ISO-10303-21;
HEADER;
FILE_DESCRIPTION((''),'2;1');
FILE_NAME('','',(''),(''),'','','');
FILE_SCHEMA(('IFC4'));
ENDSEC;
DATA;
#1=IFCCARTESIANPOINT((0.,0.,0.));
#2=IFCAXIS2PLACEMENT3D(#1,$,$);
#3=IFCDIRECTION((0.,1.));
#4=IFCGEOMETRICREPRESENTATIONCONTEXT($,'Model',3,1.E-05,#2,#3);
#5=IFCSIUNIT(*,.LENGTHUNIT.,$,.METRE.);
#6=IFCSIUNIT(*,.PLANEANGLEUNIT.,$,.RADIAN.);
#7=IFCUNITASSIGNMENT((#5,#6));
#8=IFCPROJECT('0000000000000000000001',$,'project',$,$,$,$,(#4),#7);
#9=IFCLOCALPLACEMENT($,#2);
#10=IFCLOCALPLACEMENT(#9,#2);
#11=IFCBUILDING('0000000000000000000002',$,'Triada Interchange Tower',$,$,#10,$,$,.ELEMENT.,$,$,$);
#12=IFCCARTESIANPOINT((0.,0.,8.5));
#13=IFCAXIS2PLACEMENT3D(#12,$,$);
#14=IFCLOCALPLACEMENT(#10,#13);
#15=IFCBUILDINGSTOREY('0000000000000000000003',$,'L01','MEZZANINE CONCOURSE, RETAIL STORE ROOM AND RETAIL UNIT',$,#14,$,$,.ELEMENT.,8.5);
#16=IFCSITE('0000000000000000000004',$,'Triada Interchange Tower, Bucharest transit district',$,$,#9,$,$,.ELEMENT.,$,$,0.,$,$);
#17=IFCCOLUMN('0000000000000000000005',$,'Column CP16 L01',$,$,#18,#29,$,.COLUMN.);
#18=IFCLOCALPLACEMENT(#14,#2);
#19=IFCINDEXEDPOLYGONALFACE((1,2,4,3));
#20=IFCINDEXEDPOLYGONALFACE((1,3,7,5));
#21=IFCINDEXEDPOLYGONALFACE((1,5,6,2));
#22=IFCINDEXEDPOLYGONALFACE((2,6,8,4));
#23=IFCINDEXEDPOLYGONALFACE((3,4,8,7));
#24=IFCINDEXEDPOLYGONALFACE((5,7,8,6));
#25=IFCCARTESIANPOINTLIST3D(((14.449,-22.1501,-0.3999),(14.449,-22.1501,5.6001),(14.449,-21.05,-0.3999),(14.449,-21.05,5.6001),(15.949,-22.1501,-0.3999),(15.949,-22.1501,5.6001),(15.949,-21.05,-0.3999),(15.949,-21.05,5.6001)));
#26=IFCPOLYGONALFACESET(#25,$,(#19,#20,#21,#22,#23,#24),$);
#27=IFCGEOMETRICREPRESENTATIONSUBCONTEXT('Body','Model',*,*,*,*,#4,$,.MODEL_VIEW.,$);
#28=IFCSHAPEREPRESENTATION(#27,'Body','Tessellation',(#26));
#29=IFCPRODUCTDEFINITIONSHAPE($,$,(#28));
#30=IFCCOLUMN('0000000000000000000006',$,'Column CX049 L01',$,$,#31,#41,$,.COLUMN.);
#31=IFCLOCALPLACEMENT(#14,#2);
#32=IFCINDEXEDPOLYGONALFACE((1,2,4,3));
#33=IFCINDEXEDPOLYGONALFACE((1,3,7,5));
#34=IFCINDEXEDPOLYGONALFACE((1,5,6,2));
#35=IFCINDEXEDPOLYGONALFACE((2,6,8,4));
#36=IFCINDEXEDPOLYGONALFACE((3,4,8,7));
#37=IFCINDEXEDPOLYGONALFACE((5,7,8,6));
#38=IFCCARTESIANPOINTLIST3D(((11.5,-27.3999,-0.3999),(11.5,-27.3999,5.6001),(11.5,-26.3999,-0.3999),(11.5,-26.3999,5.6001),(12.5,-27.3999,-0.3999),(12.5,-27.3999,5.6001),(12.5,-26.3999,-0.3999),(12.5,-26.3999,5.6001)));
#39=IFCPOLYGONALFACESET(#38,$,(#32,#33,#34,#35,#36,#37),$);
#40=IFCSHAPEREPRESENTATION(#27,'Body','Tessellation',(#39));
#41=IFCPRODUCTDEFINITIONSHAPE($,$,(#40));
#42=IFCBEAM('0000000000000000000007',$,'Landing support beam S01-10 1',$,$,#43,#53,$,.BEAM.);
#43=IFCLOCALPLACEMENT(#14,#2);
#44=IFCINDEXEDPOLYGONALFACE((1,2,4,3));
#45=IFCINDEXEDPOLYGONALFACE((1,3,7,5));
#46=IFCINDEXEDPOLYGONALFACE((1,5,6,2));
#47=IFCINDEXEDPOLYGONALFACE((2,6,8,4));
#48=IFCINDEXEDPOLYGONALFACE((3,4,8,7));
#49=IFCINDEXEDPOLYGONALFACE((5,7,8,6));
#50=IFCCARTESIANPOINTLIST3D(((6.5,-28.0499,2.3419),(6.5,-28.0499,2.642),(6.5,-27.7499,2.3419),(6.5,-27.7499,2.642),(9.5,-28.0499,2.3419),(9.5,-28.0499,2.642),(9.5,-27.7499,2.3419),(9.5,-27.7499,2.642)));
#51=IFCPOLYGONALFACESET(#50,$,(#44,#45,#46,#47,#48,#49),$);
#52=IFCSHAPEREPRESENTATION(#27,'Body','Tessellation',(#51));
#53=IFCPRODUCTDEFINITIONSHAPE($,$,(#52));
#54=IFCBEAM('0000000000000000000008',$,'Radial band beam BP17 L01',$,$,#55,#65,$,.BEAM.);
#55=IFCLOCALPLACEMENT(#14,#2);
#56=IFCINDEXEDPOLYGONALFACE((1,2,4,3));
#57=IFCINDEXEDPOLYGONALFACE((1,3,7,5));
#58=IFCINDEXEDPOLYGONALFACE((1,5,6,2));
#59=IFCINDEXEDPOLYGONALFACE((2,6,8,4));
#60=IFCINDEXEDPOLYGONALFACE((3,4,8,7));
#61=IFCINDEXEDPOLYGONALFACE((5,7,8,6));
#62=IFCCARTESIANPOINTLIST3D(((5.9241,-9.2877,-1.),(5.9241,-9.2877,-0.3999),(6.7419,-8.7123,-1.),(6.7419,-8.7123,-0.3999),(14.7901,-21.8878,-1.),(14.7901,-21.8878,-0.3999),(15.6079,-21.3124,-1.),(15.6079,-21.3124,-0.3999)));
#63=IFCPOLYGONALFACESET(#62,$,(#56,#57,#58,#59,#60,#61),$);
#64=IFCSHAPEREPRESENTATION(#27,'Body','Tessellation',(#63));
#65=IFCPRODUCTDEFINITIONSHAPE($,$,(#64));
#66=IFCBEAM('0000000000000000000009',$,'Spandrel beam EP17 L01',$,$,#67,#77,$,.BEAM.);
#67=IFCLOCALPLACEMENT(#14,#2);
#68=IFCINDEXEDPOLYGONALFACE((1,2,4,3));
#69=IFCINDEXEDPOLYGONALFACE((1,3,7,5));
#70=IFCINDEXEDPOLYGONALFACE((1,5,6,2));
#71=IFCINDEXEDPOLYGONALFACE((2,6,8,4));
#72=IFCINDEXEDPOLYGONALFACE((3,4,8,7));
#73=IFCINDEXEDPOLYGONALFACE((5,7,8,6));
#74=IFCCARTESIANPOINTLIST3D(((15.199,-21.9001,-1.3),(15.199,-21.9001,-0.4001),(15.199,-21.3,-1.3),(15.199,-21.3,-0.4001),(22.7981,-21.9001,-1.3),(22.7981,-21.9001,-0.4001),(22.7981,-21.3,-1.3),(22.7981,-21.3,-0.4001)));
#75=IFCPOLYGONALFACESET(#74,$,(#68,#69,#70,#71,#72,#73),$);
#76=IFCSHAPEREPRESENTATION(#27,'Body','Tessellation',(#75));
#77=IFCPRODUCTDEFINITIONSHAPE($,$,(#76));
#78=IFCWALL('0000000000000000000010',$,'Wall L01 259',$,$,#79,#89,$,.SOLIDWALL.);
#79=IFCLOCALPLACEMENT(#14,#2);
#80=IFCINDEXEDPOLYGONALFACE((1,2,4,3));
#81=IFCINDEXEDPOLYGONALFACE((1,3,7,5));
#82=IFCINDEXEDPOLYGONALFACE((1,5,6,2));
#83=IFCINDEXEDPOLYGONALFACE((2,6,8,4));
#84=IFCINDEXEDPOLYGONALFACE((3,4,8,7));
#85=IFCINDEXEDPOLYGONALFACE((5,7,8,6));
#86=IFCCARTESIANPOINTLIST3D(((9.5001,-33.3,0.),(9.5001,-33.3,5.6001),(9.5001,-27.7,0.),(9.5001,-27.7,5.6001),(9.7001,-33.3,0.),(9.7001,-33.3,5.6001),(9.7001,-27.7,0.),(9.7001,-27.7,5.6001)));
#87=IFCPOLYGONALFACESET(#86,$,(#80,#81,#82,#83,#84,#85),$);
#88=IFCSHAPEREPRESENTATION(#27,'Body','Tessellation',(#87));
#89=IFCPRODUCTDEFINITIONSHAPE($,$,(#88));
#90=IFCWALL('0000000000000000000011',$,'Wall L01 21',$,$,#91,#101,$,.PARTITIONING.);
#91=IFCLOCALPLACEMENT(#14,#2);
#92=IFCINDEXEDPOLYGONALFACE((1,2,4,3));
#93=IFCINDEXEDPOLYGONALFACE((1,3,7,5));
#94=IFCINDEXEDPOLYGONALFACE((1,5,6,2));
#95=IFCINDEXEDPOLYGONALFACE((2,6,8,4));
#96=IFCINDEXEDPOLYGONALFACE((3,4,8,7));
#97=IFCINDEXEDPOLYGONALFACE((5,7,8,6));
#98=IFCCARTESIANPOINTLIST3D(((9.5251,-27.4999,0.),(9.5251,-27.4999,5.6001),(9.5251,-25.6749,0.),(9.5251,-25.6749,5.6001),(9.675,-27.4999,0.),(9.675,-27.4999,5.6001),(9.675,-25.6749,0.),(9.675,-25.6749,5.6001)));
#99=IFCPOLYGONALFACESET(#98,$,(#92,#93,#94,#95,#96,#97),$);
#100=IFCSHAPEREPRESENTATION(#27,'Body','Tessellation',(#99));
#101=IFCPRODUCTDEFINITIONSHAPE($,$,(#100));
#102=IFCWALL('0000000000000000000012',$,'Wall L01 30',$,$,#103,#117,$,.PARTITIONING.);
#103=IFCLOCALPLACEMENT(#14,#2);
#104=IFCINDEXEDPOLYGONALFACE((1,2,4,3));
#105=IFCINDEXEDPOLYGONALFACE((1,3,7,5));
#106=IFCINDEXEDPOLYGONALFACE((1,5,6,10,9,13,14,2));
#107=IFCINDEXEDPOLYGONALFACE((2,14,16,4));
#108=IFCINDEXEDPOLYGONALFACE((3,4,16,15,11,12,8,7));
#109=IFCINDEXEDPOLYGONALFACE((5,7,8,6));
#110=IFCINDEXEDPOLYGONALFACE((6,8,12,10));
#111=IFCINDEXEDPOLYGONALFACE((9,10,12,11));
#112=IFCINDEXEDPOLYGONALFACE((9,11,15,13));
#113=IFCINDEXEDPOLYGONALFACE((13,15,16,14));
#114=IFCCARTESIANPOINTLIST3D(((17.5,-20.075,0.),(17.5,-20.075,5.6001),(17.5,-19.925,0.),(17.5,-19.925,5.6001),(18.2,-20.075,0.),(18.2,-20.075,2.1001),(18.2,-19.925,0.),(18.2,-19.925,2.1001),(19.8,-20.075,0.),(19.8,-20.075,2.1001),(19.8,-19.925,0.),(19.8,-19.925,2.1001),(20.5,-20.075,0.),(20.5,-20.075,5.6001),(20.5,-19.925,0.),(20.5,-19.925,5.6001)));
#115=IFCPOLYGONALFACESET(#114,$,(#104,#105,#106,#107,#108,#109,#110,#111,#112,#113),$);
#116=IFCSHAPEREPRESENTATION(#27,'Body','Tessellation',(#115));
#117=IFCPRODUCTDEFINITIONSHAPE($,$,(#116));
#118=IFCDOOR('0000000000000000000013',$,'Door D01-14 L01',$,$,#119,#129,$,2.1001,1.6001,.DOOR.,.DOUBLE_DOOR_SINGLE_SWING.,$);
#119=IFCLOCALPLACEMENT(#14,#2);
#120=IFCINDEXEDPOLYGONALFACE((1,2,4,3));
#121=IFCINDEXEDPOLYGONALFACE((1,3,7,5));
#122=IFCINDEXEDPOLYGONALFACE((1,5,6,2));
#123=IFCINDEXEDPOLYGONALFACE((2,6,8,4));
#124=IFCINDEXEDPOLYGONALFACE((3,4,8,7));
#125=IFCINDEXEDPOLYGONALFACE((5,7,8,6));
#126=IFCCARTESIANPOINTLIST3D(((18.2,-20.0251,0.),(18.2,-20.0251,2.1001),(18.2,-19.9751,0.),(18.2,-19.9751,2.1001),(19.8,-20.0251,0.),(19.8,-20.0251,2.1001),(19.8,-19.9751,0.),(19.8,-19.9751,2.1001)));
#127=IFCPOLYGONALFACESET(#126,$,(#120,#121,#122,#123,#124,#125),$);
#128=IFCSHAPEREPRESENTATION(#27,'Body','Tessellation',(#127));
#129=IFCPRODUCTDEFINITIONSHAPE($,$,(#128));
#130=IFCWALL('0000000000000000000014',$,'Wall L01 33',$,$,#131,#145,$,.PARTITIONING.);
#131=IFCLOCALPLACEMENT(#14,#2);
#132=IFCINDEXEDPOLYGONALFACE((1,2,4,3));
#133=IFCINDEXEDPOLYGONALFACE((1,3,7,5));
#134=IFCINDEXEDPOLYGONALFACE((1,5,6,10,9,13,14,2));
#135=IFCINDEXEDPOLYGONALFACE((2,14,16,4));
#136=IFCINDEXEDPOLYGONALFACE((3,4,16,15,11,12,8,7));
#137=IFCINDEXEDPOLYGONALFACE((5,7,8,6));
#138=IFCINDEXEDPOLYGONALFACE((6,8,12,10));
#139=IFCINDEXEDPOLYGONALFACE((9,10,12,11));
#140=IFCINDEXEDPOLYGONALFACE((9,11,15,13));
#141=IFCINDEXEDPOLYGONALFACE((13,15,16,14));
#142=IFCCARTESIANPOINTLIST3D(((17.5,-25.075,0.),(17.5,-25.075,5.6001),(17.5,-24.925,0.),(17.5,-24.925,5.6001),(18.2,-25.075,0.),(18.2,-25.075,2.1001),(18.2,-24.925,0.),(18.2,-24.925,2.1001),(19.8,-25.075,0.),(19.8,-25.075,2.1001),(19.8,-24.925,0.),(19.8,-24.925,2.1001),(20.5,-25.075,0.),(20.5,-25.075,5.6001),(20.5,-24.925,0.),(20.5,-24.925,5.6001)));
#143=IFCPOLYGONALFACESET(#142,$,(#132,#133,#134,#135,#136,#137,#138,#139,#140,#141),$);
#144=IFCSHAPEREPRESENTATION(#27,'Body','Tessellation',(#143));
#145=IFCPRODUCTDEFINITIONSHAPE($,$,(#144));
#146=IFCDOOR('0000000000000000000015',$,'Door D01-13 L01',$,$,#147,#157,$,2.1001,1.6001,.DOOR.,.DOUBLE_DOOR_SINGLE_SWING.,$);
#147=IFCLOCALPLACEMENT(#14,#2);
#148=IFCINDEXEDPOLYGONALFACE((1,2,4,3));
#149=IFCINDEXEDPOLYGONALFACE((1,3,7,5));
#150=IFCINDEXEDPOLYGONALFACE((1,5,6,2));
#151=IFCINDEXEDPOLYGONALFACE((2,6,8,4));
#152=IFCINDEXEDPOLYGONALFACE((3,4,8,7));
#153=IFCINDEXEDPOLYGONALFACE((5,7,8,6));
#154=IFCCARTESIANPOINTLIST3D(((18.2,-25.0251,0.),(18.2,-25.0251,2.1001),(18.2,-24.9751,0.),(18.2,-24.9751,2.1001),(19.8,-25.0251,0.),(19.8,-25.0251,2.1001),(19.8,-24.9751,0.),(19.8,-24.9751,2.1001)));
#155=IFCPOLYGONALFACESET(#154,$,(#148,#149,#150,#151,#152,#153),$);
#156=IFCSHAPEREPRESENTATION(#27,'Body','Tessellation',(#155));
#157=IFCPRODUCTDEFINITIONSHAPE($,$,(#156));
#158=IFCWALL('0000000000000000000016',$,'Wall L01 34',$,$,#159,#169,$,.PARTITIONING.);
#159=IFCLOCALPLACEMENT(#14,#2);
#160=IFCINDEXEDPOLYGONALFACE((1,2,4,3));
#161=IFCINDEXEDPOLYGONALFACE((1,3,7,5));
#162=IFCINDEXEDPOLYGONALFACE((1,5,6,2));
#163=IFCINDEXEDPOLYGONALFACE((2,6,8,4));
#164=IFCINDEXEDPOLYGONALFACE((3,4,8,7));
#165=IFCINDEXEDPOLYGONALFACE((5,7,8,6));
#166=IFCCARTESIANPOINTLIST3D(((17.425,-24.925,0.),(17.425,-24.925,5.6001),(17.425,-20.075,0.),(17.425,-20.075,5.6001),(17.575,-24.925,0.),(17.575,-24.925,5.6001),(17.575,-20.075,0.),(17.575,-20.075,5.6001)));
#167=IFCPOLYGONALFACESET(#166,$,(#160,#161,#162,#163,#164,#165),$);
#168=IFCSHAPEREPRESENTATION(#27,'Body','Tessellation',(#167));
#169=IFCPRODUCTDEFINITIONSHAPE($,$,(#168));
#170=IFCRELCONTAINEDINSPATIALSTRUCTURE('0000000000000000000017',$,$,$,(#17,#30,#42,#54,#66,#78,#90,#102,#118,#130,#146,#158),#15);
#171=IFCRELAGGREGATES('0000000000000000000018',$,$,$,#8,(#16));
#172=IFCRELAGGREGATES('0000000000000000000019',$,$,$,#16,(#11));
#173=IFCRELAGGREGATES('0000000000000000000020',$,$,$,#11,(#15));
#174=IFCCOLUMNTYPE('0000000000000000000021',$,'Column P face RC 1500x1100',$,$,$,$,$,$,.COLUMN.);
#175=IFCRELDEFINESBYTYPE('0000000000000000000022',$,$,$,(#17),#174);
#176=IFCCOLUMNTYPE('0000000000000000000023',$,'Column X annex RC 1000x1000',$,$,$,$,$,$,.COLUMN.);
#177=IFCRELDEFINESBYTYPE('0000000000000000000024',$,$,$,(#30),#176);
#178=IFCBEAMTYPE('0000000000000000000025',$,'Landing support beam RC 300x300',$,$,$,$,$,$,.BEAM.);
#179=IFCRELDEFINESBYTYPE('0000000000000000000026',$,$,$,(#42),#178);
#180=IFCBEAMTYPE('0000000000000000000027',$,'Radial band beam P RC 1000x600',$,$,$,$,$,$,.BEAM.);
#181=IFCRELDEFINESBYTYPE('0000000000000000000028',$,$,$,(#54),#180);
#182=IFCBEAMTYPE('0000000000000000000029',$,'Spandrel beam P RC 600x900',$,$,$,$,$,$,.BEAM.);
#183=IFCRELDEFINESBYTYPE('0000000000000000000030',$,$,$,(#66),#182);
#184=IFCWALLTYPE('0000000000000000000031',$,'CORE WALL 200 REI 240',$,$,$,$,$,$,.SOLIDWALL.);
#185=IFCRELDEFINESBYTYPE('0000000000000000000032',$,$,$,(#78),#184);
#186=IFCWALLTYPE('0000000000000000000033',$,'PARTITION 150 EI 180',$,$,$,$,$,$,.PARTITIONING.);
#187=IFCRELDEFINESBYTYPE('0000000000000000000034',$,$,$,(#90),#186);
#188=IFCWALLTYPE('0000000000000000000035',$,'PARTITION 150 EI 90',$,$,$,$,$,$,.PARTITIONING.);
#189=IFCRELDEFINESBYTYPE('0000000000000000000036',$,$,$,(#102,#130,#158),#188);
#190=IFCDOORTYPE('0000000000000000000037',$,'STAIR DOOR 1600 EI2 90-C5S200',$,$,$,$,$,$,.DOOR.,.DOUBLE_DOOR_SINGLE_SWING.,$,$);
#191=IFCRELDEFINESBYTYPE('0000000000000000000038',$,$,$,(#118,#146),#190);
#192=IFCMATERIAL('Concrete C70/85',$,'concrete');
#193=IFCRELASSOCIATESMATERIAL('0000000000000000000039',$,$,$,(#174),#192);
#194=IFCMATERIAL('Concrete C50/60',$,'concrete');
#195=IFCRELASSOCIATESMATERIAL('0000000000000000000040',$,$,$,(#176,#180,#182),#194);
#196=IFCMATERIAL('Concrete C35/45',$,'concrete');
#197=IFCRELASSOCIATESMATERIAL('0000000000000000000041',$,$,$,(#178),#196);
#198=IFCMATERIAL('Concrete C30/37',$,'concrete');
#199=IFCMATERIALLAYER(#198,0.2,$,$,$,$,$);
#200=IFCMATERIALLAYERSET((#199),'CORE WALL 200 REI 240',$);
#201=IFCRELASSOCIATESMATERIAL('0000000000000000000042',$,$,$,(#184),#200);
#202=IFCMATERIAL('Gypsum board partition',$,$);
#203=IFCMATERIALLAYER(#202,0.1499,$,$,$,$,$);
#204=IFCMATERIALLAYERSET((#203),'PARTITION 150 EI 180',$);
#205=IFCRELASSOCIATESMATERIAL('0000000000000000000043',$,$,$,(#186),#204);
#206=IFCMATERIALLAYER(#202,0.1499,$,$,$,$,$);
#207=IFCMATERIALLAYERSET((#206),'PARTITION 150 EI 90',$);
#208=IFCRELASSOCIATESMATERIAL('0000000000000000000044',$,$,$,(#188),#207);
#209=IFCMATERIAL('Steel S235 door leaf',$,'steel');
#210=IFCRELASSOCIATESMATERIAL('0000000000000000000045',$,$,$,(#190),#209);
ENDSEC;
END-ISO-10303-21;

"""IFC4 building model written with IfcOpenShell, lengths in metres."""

from ifc_helpers import new_model, si_unit, direction, frame, frame_2d, origin, origin_2d, place, context, subcontext, project, spatial, rectangle, extrude, material, layer, layer_set, material_profile, profile_set, type_object, element, fill, save


model = new_model("IFC4")

# Units and contexts
model_context = context("Model", 3, precision=1e-05, world=origin(), true_north=direction((0.0, 1.0)))
body_context = subcontext(model_context, "Body", "Model", "MODEL_VIEW")
ifc_project = project(units=[si_unit("LENGTHUNIT", "METRE"), si_unit("PLANEANGLEUNIT", "RADIAN")], contexts=[model_context])

# Site, building, storey
site_placement = place(None, origin())
site = spatial("IfcSite", under=ifc_project, at=site_placement, Name="Triada Interchange Tower, Bucharest transit district", CompositionType="ELEMENT", RefElevation=0.0)
building_placement = place(site_placement, origin())
building = spatial("IfcBuilding", under=site, at=building_placement, Name="Triada Interchange Tower", CompositionType="ELEMENT")
storey_placement = place(building_placement, frame((0.0, 0.0, 8.5)))
storey = spatial("IfcBuildingStorey", under=building, at=storey_placement, Name="L01", Description="MEZZANINE CONCOURSE, RETAIL STORE ROOM AND RETAIL UNIT", CompositionType="ELEMENT", Elevation=8.5)

# Columns
ifc_material_1 = material(Name="Concrete C70/85", Category="concrete")
ifc_material_profile_1 = material_profile(ifc_material_1, rectangle(XDim=1.5, YDim=1.1001, at=origin_2d()), Name="RC 1500x1100")
ifc_profile_set_1 = profile_set([ifc_material_profile_1], Name="Concrete C70/85")
column_type_1 = type_object("IfcColumnType", Name="Column P face RC 1500x1100", PredefinedType="COLUMN", material=ifc_profile_set_1)
column_1_placement = place(storey_placement, frame((15.199, -21.6001, -0.3999), z_axis=(0.0, 0.0, 1.0), x_axis=(1.0, 0.0, 0.0)))
element("IfcColumn", 1, at=column_1_placement, inside=storey, type_object=column_type_1, Name="Column CP16 L01", PredefinedType="COLUMN", context=body_context, shape_type="SweptSolid", body=[
    extrude(rectangle(XDim=1.5, YDim=1.1001, at=origin_2d()), origin(), (0.0, 0.0, 1.0), 6.0),
])
ifc_material_2 = material(Name="Concrete C50/60", Category="concrete")
ifc_material_profile_2 = material_profile(ifc_material_2, rectangle(XDim=1.0, YDim=1.0, at=origin_2d()), Name="RC 1000x1000")
ifc_profile_set_2 = profile_set([ifc_material_profile_2], Name="Concrete C50/60")
column_type_2 = type_object("IfcColumnType", Name="Column X annex RC 1000x1000", PredefinedType="COLUMN", material=ifc_profile_set_2)
column_2_placement = place(storey_placement, frame((12.0, -26.8999, -0.3999), z_axis=(0.0, 0.0, 1.0), x_axis=(1.0, 0.0, 0.0)))
element("IfcColumn", 2, at=column_2_placement, inside=storey, type_object=column_type_2, Name="Column CX049 L01", PredefinedType="COLUMN", context=body_context, shape_type="SweptSolid", body=[
    extrude(rectangle(XDim=1.0, YDim=1.0, at=origin_2d()), origin(), (0.0, 0.0, 1.0), 6.0),
])

# Beams
ifc_material_3 = material(Name="Concrete C35/45", Category="concrete")
ifc_material_profile_3 = material_profile(ifc_material_3, rectangle(XDim=0.3, YDim=0.3, at=origin_2d()), Name="RC 300x300")
ifc_profile_set_3 = profile_set([ifc_material_profile_3], Name="Concrete C35/45")
beam_type_1 = type_object("IfcBeamType", Name="Landing support beam RC 300x300", PredefinedType="BEAM", material=ifc_profile_set_3)
beam_1_placement = place(storey_placement, frame((9.5, -27.8999, 2.4919), z_axis=(-1.0, 0.0, 0.0), x_axis=(0.0, -1.0, 0.0)))
element("IfcBeam", 3, at=beam_1_placement, inside=storey, type_object=beam_type_1, Name="Landing support beam S01-10 1", PredefinedType="BEAM", context=body_context, shape_type="SweptSolid", body=[
    extrude(rectangle(XDim=0.3, YDim=0.3, at=origin_2d()), origin(), (0.0, 0.0, 1.0), 3.0),
])
ifc_material_profile_4 = material_profile(ifc_material_2, rectangle(XDim=1.0, YDim=0.6001, at=origin_2d()), Name="RC 1000x600")
ifc_profile_set_4 = profile_set([ifc_material_profile_4], Name="Concrete C50/60")
beam_type_2 = type_object("IfcBeamType", Name="Radial band beam P RC 1000x600", PredefinedType="BEAM", material=ifc_profile_set_4)
beam_2_placement = place(storey_placement, frame((15.199, -21.6001, -0.7), z_axis=(-0.57546, 0.81783, 0.0), x_axis=(-0.81783, -0.57546, 0.0)))
element("IfcBeam", 4, at=beam_2_placement, inside=storey, type_object=beam_type_2, Name="Radial band beam BP17 L01", PredefinedType="BEAM", context=body_context, shape_type="SweptSolid", body=[
    extrude(rectangle(XDim=1.0, YDim=0.6001, at=origin_2d()), origin(), (0.0, 0.0, 1.0), 15.4067),
])
ifc_material_profile_5 = material_profile(ifc_material_2, rectangle(XDim=0.6001, YDim=0.8999, at=origin_2d()), Name="RC 600x900")
ifc_profile_set_5 = profile_set([ifc_material_profile_5], Name="Concrete C50/60")
beam_type_3 = type_object("IfcBeamType", Name="Spandrel beam P RC 600x900", PredefinedType="BEAM", material=ifc_profile_set_5)
beam_3_placement = place(storey_placement, frame((15.199, -21.6001, -0.8501), z_axis=(1.0, 0.0, 0.0), x_axis=(0.0, 1.0, 0.0)))
element("IfcBeam", 5, at=beam_3_placement, inside=storey, type_object=beam_type_3, Name="Spandrel beam EP17 L01", PredefinedType="BEAM", context=body_context, shape_type="SweptSolid", body=[
    extrude(rectangle(XDim=0.6001, YDim=0.8999, at=origin_2d()), origin(), (0.0, 0.0, 1.0), 7.5991),
])

# Walls
ifc_material_4 = material(Name="Concrete C30/37", Category="concrete")
ifc_layer_1 = layer(ifc_material_4, 0.2)
ifc_layer_set_1 = layer_set([ifc_layer_1], Name="CORE WALL 200 REI 240")
wall_type_1 = type_object("IfcWallType", Name="CORE WALL 200 REI 240", PredefinedType="SOLIDWALL", material=ifc_layer_set_1)
wall_1_placement = place(storey_placement, frame((9.6001, -33.3, 0.0), z_axis=(0.0, 0.0, 1.0), x_axis=(0.0, 1.0, 0.0)))
element("IfcWall", 6, at=wall_1_placement, inside=storey, type_object=wall_type_1, Name="Wall L01 259", PredefinedType="SOLIDWALL", context=body_context, shape_type="SweptSolid", body=[
    extrude(rectangle(XDim=5.6001, YDim=0.2, at=frame_2d((2.8, 0.0))), origin(), (0.0, 0.0, 1.0), 5.6001),
])
ifc_material_5 = material(Name="Gypsum board partition")
ifc_layer_2 = layer(ifc_material_5, 0.1499)
ifc_layer_set_2 = layer_set([ifc_layer_2], Name="PARTITION 150 EI 180")
wall_type_2 = type_object("IfcWallType", Name="PARTITION 150 EI 180", PredefinedType="PARTITIONING", material=ifc_layer_set_2)
wall_2_placement = place(storey_placement, frame((9.6001, -27.5, 0.0), z_axis=(0.0, 0.0, 1.0), x_axis=(0.0, 1.0, 0.0)))
element("IfcWall", 7, at=wall_2_placement, inside=storey, type_object=wall_type_2, Name="Wall L01 21", PredefinedType="PARTITIONING", context=body_context, shape_type="SweptSolid", body=[
    extrude(rectangle(XDim=1.825, YDim=0.1499, at=frame_2d((0.9126, 0.0))), origin(), (0.0, 0.0, 1.0), 5.6001),
])

# Walls, openings, doors
ifc_layer_3 = layer(ifc_material_5, 0.1499)
ifc_layer_set_3 = layer_set([ifc_layer_3], Name="PARTITION 150 EI 90")
wall_type_3 = type_object("IfcWallType", Name="PARTITION 150 EI 90", PredefinedType="PARTITIONING", material=ifc_layer_set_3)
wall_3_placement = place(storey_placement, frame((17.5, -20.0, 0.0), z_axis=(0.0, 0.0, 1.0), x_axis=(1.0, 0.0, 0.0)))
wall_3 = element("IfcWall", 8, at=wall_3_placement, inside=storey, type_object=wall_type_3, Name="Wall L01 30", PredefinedType="PARTITIONING", context=body_context, shape_type="SweptSolid", body=[
    extrude(rectangle(XDim=3.0, YDim=0.1499, at=frame_2d((1.5, 0.0))), origin(), (0.0, 0.0, 1.0), 5.6001),
])
opening_1_placement = place(wall_3_placement, frame((0.7, 0.0, 0.0)))
opening_1 = element("IfcOpeningElement", 9, at=opening_1_placement, cuts=wall_3, PredefinedType="OPENING", context=body_context, shape_type="SweptSolid", body=[
    extrude(rectangle(XDim=1.6001, YDim=2.1001, at=frame_2d((0.8, 1.05))), frame((0.0, 0.085, 0.0), z_axis=(0.0, -1.0, 0.0), x_axis=(1.0, 0.0, 0.0)), (0.0, 0.0, 1.0), 0.1699),
])
ifc_material_6 = material(Name="Steel S235 door leaf", Category="steel")
door_type_1 = type_object("IfcDoorType", Name="STAIR DOOR 1600 EI2 90-C5S200", OperationType="DOUBLE_DOOR_SINGLE_SWING", PredefinedType="DOOR", material=ifc_material_6)
door_1_placement = place(opening_1_placement, origin())
door_1 = element("IfcDoor", 10, at=door_1_placement, inside=storey, type_object=door_type_1, Name="Door D01-14 L01", OperationType="DOUBLE_DOOR_SINGLE_SWING", OverallHeight=2.1001, OverallWidth=1.6001, PredefinedType="DOOR", context=body_context, shape_type="SweptSolid", body=[
    extrude(rectangle(XDim=1.6001, YDim=2.1001, at=frame_2d((0.8, 1.05))), frame((0.0, 0.0249, 0.0), z_axis=(0.0, -1.0, 0.0), x_axis=(1.0, 0.0, 0.0)), (0.0, 0.0, 1.0), 0.05),
])
fill(opening_1, door_1)
wall_4_placement = place(storey_placement, frame((17.5, -25.0, 0.0), z_axis=(0.0, 0.0, 1.0), x_axis=(1.0, 0.0, 0.0)))
wall_4 = element("IfcWall", 11, at=wall_4_placement, inside=storey, type_object=wall_type_3, Name="Wall L01 33", PredefinedType="PARTITIONING", context=body_context, shape_type="SweptSolid", body=[
    extrude(rectangle(XDim=3.0, YDim=0.1499, at=frame_2d((1.5, 0.0))), origin(), (0.0, 0.0, 1.0), 5.6001),
])
opening_2_placement = place(wall_4_placement, frame((0.7, 0.0, 0.0)))
opening_2 = element("IfcOpeningElement", 12, at=opening_2_placement, cuts=wall_4, PredefinedType="OPENING", context=body_context, shape_type="SweptSolid", body=[
    extrude(rectangle(XDim=1.6001, YDim=2.1001, at=frame_2d((0.8, 1.05))), frame((0.0, 0.085, 0.0), z_axis=(0.0, -1.0, 0.0), x_axis=(1.0, 0.0, 0.0)), (0.0, 0.0, 1.0), 0.1699),
])
door_2_placement = place(opening_2_placement, origin())
door_2 = element("IfcDoor", 13, at=door_2_placement, inside=storey, type_object=door_type_1, Name="Door D01-13 L01", OperationType="DOUBLE_DOOR_SINGLE_SWING", OverallHeight=2.1001, OverallWidth=1.6001, PredefinedType="DOOR", context=body_context, shape_type="SweptSolid", body=[
    extrude(rectangle(XDim=1.6001, YDim=2.1001, at=frame_2d((0.8, 1.05))), frame((0.0, 0.0249, 0.0), z_axis=(0.0, -1.0, 0.0), x_axis=(1.0, 0.0, 0.0)), (0.0, 0.0, 1.0), 0.05),
])
fill(opening_2, door_2)

# Wall
wall_5_placement = place(storey_placement, frame((17.5, -24.925, 0.0), z_axis=(0.0, 0.0, 1.0), x_axis=(0.0, 1.0, 0.0)))
element("IfcWall", 14, at=wall_5_placement, inside=storey, type_object=wall_type_3, Name="Wall L01 34", PredefinedType="PARTITIONING", context=body_context, shape_type="SweptSolid", body=[
    extrude(rectangle(XDim=4.8501, YDim=0.1499, at=frame_2d((2.425, 0.0))), origin(), (0.0, 0.0, 1.0), 5.6001),
])

save(model, "model.ifc")
